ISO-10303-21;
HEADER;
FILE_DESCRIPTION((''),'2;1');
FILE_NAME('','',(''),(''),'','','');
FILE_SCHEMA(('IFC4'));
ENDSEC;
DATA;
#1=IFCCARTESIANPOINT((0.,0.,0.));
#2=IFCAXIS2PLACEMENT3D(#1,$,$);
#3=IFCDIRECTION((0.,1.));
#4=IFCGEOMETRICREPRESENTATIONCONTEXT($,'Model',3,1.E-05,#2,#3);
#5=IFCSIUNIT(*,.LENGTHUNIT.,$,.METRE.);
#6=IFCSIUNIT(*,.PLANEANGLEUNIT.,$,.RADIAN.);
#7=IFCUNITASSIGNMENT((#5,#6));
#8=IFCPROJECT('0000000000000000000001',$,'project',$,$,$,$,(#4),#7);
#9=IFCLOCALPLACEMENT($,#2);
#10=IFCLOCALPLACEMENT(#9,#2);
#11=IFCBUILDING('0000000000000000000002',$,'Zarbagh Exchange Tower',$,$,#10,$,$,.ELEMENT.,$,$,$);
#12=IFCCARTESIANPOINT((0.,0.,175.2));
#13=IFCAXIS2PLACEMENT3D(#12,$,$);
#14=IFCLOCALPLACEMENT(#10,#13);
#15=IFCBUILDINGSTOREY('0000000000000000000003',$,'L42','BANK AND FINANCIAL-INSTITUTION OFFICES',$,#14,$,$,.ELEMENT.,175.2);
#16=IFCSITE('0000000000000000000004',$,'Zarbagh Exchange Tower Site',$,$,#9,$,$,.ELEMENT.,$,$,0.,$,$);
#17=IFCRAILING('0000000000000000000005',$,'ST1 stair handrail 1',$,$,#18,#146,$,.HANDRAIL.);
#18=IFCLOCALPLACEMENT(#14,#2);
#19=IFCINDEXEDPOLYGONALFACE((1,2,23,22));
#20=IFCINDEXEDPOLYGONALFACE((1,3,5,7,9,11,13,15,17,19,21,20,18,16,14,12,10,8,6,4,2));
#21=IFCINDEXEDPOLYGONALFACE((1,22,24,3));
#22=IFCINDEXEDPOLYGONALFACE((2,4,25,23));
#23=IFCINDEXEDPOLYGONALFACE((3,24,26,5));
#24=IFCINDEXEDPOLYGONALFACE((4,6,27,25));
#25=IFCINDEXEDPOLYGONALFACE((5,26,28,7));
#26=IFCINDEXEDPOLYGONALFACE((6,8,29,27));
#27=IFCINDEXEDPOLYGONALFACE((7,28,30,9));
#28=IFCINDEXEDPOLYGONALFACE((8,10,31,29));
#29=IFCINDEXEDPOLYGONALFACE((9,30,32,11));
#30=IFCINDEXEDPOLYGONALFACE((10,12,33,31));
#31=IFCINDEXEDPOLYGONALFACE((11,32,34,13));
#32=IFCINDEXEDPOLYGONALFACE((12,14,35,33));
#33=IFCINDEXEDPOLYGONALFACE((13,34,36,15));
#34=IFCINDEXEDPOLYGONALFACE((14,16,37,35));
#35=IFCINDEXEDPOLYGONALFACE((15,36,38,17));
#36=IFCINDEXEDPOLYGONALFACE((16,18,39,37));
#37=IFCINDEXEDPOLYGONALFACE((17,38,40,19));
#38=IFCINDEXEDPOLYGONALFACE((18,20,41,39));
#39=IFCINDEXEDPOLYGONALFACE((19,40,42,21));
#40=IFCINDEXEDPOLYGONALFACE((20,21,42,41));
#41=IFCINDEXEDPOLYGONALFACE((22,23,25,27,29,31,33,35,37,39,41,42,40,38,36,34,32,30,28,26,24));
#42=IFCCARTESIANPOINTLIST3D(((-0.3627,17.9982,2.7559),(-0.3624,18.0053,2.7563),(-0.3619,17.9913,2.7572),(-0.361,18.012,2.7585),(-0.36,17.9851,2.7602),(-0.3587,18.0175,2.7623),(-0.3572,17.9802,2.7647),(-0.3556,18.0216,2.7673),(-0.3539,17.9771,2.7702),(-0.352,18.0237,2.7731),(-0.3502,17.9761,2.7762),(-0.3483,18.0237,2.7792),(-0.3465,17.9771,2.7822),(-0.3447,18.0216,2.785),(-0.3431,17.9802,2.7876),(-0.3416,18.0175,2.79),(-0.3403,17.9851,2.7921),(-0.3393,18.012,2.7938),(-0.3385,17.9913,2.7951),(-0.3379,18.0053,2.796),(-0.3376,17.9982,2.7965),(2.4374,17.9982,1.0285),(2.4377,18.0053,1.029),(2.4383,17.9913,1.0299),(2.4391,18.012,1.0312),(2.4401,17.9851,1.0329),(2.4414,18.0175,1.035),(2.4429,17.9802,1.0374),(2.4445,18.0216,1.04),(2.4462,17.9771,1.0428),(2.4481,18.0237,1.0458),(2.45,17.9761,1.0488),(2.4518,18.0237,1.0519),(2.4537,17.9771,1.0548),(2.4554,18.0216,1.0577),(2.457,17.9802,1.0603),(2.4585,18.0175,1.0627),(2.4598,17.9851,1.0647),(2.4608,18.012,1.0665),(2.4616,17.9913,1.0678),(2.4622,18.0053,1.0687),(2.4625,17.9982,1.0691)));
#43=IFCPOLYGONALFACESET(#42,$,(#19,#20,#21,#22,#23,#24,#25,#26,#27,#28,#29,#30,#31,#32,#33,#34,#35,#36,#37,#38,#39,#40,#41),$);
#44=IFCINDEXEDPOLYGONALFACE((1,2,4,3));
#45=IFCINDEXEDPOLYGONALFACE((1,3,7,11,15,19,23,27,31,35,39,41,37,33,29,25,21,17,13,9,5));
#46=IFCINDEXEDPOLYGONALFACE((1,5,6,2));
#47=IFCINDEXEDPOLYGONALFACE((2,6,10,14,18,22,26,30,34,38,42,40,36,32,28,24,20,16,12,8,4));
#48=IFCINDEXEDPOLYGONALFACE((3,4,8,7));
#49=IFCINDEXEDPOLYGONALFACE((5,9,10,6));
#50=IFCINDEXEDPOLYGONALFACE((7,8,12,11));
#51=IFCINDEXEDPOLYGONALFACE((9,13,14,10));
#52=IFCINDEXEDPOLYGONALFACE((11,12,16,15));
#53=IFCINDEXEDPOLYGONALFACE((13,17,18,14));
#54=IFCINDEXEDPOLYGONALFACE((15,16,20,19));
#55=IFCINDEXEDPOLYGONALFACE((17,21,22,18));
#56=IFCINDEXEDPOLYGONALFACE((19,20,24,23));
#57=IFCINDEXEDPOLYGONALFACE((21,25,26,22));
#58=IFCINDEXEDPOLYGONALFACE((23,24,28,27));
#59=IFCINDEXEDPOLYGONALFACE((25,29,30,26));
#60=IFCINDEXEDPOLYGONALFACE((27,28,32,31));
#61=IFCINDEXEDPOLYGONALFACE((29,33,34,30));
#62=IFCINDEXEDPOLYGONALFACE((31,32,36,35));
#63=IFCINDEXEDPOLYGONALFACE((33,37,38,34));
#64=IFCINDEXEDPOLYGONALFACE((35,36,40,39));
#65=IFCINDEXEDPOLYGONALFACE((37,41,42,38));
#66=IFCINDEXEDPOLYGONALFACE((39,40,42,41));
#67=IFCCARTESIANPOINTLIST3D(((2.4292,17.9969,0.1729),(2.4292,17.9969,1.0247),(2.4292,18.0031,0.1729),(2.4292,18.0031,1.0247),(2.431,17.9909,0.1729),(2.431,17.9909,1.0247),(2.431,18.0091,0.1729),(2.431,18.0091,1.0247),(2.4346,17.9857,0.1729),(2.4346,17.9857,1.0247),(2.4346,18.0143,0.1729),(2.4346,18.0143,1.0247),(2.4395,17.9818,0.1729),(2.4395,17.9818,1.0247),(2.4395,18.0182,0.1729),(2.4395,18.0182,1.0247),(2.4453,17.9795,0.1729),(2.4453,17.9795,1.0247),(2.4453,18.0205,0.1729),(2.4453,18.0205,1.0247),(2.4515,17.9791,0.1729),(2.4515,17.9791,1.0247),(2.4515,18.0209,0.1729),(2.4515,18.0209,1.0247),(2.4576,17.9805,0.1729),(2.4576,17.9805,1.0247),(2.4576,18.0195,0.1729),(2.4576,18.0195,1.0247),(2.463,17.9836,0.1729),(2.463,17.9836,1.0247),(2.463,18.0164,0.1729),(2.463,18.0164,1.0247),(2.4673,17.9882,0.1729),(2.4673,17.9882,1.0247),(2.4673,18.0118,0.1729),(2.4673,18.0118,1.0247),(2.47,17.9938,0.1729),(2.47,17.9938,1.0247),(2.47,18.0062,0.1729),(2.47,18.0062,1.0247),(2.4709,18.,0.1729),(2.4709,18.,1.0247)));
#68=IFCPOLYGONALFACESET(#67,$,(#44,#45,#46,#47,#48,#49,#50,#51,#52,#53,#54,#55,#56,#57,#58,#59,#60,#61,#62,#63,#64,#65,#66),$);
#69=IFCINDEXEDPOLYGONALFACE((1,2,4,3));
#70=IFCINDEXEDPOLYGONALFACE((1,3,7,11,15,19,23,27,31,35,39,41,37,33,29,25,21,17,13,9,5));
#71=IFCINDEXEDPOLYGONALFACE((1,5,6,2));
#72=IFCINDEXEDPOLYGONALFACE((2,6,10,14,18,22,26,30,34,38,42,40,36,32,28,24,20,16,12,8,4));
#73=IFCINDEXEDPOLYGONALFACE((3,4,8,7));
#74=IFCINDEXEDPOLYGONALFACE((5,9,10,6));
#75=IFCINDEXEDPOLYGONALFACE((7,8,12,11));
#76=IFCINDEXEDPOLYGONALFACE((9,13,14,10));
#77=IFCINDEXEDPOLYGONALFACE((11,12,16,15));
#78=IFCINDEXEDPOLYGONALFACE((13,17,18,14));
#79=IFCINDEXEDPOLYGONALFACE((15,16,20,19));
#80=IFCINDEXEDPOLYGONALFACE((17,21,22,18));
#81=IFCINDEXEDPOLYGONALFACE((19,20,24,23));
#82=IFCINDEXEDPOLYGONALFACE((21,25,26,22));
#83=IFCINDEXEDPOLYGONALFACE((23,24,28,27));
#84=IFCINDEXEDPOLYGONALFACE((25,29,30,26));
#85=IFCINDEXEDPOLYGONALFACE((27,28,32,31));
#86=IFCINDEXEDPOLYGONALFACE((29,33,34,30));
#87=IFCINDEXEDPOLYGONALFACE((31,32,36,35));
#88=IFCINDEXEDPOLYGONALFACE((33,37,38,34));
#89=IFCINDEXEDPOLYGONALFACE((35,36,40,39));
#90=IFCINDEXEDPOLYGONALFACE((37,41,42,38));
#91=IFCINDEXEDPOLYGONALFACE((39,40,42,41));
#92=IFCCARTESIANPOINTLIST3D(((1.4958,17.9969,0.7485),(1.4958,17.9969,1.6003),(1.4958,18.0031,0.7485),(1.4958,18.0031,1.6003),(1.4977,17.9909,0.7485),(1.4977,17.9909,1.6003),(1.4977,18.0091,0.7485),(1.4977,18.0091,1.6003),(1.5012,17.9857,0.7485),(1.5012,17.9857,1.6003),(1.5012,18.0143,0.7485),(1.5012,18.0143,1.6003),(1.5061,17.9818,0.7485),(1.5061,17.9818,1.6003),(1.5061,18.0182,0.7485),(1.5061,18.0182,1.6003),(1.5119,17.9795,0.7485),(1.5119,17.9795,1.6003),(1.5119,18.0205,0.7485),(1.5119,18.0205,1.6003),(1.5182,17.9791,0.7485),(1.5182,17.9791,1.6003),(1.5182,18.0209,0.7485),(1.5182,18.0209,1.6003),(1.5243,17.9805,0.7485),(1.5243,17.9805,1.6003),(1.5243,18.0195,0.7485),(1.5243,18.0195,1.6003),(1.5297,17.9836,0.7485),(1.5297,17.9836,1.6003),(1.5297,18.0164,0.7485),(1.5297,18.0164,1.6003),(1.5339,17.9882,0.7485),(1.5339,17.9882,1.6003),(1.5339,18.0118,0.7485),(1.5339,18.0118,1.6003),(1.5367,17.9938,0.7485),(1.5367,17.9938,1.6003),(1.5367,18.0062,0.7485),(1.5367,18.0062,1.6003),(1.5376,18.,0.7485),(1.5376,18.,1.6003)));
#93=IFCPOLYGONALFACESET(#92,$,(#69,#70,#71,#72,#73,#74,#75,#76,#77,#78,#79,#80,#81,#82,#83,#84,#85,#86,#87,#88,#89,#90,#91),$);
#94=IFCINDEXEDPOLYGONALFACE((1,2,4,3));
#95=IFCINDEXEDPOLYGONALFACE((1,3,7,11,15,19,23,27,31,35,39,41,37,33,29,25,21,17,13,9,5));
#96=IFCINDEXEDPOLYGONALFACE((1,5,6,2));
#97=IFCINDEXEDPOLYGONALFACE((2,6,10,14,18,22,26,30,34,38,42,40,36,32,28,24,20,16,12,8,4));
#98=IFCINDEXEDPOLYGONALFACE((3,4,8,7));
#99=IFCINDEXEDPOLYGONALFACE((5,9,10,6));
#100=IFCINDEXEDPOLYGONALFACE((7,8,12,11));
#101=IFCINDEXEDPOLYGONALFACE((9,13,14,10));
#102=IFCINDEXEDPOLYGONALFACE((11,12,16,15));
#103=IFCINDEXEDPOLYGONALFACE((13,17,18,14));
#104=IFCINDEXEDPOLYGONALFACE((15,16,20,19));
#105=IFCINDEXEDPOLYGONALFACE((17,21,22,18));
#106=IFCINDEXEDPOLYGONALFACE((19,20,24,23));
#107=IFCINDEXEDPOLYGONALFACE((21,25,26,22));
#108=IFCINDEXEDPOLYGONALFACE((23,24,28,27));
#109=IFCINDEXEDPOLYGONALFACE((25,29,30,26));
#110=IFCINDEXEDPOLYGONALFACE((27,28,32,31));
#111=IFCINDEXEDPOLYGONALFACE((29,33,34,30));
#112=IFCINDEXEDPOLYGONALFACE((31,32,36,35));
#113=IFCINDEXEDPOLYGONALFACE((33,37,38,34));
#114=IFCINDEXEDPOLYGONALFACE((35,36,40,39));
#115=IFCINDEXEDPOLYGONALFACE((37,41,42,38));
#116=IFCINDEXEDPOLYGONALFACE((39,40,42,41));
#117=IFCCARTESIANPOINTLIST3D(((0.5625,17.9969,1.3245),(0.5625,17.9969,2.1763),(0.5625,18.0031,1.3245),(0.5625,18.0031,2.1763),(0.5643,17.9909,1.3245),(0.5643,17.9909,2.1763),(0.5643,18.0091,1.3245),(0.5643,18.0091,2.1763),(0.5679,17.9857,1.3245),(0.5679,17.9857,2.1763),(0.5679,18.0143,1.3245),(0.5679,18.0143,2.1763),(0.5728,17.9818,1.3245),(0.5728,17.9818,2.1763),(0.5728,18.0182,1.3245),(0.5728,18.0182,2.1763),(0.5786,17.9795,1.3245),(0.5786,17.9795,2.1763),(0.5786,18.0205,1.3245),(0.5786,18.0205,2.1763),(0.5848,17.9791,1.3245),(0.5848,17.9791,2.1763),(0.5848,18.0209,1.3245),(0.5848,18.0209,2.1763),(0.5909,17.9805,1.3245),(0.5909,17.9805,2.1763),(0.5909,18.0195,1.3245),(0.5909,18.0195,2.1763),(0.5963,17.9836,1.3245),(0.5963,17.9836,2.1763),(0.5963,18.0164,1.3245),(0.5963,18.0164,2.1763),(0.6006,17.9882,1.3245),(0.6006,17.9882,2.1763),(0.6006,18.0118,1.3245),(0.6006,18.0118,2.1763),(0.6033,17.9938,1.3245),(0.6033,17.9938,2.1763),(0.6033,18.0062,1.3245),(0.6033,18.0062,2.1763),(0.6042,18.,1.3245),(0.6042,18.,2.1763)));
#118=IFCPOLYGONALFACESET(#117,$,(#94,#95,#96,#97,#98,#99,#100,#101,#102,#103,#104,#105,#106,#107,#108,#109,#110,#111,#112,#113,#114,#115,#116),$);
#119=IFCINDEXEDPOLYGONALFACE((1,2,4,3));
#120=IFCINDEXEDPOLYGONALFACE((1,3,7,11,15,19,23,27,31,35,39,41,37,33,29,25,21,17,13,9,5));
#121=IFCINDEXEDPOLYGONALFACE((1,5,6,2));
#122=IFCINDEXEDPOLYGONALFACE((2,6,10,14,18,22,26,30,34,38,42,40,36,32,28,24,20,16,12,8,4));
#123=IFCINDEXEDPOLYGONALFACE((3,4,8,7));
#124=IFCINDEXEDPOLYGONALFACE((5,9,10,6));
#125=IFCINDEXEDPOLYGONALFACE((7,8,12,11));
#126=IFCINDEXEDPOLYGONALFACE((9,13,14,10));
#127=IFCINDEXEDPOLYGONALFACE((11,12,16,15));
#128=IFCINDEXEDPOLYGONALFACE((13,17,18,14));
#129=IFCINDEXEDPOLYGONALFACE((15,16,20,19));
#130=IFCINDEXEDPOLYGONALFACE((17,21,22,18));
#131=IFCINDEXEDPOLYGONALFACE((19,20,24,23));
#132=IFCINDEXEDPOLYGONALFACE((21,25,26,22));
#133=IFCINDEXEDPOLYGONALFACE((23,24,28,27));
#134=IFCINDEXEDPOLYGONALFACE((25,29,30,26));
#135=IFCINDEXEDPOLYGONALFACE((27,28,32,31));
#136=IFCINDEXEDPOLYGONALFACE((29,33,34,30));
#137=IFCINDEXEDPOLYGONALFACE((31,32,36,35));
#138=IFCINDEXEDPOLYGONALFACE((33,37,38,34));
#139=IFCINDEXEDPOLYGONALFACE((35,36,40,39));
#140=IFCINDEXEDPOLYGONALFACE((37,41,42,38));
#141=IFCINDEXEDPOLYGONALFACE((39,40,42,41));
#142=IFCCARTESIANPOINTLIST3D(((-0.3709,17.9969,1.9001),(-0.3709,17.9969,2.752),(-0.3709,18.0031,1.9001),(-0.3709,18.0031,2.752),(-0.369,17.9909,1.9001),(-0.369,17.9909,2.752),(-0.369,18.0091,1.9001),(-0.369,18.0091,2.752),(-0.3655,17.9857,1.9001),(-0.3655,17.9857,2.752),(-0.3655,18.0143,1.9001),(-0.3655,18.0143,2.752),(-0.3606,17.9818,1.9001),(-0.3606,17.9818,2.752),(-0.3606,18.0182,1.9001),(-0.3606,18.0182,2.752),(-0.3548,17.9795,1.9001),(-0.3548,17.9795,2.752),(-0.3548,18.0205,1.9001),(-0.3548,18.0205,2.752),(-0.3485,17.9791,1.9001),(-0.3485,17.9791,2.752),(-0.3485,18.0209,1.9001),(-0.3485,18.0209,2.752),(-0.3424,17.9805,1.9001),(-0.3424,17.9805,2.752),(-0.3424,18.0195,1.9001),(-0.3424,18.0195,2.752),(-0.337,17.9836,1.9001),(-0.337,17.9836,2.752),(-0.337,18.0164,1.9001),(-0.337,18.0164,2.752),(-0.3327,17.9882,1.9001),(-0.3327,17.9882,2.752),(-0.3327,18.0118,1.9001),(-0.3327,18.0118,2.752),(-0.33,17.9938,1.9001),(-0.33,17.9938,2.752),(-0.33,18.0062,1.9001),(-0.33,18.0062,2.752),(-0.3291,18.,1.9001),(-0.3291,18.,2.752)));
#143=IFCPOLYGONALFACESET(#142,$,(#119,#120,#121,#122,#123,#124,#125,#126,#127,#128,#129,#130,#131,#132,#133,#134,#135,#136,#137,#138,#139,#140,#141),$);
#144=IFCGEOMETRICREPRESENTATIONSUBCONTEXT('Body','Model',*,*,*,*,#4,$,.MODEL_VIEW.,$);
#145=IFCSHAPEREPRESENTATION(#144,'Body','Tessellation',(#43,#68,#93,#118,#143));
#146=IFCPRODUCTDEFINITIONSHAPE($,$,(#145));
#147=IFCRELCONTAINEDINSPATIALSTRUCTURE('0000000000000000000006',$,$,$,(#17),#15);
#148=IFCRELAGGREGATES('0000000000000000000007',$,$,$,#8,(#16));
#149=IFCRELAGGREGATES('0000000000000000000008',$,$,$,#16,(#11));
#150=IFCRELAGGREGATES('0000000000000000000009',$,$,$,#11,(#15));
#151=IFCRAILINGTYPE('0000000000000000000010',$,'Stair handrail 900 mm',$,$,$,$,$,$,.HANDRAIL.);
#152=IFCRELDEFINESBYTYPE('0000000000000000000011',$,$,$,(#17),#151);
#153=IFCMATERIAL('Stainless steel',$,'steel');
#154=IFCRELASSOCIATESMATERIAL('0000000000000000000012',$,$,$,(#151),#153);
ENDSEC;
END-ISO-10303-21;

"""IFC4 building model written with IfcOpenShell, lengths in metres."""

from ifc_helpers import new_model, si_unit, direction, frame, origin, origin_2d, place, context, subcontext, project, spatial, circle, extrude, material, type_object, element, save


model = new_model("IFC4")

# Units and contexts
model_context = context("Model", 3, precision=1e-05, world=origin(), true_north=direction((0.0, 1.0)))
body_context = subcontext(model_context, "Body", "Model", "MODEL_VIEW")
ifc_project = project(units=[si_unit("LENGTHUNIT", "METRE"), si_unit("PLANEANGLEUNIT", "RADIAN")], contexts=[model_context])

# Site, building, storey
site_placement = place(None, origin())
site = spatial("IfcSite", under=ifc_project, at=site_placement, Name="Zarbagh Exchange Tower Site", CompositionType="ELEMENT", RefElevation=0.0)
building_placement = place(site_placement, origin())
building = spatial("IfcBuilding", under=site, at=building_placement, Name="Zarbagh Exchange Tower", CompositionType="ELEMENT")
storey_placement = place(building_placement, frame((0.0, 0.0, 175.2)))
storey = spatial("IfcBuildingStorey", under=building, at=storey_placement, Name="L42", Description="BANK AND FINANCIAL-INSTITUTION OFFICES", CompositionType="ELEMENT", Elevation=175.2)

# Shared definitions
ifc_material_1 = material(Name="Stainless steel", Category="steel")

# Railing
railing_type_1 = type_object("IfcRailingType", Name="Stair handrail 900 mm", PredefinedType="HANDRAIL", material=ifc_material_1)
railing_1_placement = place(storey_placement, frame((2.45, 18.0, 0.1729)))
element("IfcRailing", 1, at=railing_1_placement, inside=storey, type_object=railing_type_1, Name="ST1 stair handrail 1", PredefinedType="HANDRAIL", context=body_context, shape_type="SweptSolid", body=[
    extrude(circle(Radius=0.0239, at=origin_2d()), frame((0.0, 0.0, 0.876), z_axis=(-0.85109, 0.0, 0.52502), x_axis=(0.0, -1.0, 0.0)), (0.0, 0.0, 1.0), 3.29),
    extrude(circle(Radius=0.021, at=origin_2d()), origin(), (0.0, 0.0, 1.0), 0.8518),
    extrude(circle(Radius=0.021, at=origin_2d()), frame((-0.9333, 0.0, 0.5757)), (0.0, 0.0, 1.0), 0.8518),
    extrude(circle(Radius=0.021, at=origin_2d()), frame((-1.8667, 0.0, 1.1516)), (0.0, 0.0, 1.0), 0.8518),
    extrude(circle(Radius=0.021, at=origin_2d()), frame((-2.8, 0.0, 1.7273)), (0.0, 0.0, 1.0), 0.8518),
])

save(model, "model.ifc")
